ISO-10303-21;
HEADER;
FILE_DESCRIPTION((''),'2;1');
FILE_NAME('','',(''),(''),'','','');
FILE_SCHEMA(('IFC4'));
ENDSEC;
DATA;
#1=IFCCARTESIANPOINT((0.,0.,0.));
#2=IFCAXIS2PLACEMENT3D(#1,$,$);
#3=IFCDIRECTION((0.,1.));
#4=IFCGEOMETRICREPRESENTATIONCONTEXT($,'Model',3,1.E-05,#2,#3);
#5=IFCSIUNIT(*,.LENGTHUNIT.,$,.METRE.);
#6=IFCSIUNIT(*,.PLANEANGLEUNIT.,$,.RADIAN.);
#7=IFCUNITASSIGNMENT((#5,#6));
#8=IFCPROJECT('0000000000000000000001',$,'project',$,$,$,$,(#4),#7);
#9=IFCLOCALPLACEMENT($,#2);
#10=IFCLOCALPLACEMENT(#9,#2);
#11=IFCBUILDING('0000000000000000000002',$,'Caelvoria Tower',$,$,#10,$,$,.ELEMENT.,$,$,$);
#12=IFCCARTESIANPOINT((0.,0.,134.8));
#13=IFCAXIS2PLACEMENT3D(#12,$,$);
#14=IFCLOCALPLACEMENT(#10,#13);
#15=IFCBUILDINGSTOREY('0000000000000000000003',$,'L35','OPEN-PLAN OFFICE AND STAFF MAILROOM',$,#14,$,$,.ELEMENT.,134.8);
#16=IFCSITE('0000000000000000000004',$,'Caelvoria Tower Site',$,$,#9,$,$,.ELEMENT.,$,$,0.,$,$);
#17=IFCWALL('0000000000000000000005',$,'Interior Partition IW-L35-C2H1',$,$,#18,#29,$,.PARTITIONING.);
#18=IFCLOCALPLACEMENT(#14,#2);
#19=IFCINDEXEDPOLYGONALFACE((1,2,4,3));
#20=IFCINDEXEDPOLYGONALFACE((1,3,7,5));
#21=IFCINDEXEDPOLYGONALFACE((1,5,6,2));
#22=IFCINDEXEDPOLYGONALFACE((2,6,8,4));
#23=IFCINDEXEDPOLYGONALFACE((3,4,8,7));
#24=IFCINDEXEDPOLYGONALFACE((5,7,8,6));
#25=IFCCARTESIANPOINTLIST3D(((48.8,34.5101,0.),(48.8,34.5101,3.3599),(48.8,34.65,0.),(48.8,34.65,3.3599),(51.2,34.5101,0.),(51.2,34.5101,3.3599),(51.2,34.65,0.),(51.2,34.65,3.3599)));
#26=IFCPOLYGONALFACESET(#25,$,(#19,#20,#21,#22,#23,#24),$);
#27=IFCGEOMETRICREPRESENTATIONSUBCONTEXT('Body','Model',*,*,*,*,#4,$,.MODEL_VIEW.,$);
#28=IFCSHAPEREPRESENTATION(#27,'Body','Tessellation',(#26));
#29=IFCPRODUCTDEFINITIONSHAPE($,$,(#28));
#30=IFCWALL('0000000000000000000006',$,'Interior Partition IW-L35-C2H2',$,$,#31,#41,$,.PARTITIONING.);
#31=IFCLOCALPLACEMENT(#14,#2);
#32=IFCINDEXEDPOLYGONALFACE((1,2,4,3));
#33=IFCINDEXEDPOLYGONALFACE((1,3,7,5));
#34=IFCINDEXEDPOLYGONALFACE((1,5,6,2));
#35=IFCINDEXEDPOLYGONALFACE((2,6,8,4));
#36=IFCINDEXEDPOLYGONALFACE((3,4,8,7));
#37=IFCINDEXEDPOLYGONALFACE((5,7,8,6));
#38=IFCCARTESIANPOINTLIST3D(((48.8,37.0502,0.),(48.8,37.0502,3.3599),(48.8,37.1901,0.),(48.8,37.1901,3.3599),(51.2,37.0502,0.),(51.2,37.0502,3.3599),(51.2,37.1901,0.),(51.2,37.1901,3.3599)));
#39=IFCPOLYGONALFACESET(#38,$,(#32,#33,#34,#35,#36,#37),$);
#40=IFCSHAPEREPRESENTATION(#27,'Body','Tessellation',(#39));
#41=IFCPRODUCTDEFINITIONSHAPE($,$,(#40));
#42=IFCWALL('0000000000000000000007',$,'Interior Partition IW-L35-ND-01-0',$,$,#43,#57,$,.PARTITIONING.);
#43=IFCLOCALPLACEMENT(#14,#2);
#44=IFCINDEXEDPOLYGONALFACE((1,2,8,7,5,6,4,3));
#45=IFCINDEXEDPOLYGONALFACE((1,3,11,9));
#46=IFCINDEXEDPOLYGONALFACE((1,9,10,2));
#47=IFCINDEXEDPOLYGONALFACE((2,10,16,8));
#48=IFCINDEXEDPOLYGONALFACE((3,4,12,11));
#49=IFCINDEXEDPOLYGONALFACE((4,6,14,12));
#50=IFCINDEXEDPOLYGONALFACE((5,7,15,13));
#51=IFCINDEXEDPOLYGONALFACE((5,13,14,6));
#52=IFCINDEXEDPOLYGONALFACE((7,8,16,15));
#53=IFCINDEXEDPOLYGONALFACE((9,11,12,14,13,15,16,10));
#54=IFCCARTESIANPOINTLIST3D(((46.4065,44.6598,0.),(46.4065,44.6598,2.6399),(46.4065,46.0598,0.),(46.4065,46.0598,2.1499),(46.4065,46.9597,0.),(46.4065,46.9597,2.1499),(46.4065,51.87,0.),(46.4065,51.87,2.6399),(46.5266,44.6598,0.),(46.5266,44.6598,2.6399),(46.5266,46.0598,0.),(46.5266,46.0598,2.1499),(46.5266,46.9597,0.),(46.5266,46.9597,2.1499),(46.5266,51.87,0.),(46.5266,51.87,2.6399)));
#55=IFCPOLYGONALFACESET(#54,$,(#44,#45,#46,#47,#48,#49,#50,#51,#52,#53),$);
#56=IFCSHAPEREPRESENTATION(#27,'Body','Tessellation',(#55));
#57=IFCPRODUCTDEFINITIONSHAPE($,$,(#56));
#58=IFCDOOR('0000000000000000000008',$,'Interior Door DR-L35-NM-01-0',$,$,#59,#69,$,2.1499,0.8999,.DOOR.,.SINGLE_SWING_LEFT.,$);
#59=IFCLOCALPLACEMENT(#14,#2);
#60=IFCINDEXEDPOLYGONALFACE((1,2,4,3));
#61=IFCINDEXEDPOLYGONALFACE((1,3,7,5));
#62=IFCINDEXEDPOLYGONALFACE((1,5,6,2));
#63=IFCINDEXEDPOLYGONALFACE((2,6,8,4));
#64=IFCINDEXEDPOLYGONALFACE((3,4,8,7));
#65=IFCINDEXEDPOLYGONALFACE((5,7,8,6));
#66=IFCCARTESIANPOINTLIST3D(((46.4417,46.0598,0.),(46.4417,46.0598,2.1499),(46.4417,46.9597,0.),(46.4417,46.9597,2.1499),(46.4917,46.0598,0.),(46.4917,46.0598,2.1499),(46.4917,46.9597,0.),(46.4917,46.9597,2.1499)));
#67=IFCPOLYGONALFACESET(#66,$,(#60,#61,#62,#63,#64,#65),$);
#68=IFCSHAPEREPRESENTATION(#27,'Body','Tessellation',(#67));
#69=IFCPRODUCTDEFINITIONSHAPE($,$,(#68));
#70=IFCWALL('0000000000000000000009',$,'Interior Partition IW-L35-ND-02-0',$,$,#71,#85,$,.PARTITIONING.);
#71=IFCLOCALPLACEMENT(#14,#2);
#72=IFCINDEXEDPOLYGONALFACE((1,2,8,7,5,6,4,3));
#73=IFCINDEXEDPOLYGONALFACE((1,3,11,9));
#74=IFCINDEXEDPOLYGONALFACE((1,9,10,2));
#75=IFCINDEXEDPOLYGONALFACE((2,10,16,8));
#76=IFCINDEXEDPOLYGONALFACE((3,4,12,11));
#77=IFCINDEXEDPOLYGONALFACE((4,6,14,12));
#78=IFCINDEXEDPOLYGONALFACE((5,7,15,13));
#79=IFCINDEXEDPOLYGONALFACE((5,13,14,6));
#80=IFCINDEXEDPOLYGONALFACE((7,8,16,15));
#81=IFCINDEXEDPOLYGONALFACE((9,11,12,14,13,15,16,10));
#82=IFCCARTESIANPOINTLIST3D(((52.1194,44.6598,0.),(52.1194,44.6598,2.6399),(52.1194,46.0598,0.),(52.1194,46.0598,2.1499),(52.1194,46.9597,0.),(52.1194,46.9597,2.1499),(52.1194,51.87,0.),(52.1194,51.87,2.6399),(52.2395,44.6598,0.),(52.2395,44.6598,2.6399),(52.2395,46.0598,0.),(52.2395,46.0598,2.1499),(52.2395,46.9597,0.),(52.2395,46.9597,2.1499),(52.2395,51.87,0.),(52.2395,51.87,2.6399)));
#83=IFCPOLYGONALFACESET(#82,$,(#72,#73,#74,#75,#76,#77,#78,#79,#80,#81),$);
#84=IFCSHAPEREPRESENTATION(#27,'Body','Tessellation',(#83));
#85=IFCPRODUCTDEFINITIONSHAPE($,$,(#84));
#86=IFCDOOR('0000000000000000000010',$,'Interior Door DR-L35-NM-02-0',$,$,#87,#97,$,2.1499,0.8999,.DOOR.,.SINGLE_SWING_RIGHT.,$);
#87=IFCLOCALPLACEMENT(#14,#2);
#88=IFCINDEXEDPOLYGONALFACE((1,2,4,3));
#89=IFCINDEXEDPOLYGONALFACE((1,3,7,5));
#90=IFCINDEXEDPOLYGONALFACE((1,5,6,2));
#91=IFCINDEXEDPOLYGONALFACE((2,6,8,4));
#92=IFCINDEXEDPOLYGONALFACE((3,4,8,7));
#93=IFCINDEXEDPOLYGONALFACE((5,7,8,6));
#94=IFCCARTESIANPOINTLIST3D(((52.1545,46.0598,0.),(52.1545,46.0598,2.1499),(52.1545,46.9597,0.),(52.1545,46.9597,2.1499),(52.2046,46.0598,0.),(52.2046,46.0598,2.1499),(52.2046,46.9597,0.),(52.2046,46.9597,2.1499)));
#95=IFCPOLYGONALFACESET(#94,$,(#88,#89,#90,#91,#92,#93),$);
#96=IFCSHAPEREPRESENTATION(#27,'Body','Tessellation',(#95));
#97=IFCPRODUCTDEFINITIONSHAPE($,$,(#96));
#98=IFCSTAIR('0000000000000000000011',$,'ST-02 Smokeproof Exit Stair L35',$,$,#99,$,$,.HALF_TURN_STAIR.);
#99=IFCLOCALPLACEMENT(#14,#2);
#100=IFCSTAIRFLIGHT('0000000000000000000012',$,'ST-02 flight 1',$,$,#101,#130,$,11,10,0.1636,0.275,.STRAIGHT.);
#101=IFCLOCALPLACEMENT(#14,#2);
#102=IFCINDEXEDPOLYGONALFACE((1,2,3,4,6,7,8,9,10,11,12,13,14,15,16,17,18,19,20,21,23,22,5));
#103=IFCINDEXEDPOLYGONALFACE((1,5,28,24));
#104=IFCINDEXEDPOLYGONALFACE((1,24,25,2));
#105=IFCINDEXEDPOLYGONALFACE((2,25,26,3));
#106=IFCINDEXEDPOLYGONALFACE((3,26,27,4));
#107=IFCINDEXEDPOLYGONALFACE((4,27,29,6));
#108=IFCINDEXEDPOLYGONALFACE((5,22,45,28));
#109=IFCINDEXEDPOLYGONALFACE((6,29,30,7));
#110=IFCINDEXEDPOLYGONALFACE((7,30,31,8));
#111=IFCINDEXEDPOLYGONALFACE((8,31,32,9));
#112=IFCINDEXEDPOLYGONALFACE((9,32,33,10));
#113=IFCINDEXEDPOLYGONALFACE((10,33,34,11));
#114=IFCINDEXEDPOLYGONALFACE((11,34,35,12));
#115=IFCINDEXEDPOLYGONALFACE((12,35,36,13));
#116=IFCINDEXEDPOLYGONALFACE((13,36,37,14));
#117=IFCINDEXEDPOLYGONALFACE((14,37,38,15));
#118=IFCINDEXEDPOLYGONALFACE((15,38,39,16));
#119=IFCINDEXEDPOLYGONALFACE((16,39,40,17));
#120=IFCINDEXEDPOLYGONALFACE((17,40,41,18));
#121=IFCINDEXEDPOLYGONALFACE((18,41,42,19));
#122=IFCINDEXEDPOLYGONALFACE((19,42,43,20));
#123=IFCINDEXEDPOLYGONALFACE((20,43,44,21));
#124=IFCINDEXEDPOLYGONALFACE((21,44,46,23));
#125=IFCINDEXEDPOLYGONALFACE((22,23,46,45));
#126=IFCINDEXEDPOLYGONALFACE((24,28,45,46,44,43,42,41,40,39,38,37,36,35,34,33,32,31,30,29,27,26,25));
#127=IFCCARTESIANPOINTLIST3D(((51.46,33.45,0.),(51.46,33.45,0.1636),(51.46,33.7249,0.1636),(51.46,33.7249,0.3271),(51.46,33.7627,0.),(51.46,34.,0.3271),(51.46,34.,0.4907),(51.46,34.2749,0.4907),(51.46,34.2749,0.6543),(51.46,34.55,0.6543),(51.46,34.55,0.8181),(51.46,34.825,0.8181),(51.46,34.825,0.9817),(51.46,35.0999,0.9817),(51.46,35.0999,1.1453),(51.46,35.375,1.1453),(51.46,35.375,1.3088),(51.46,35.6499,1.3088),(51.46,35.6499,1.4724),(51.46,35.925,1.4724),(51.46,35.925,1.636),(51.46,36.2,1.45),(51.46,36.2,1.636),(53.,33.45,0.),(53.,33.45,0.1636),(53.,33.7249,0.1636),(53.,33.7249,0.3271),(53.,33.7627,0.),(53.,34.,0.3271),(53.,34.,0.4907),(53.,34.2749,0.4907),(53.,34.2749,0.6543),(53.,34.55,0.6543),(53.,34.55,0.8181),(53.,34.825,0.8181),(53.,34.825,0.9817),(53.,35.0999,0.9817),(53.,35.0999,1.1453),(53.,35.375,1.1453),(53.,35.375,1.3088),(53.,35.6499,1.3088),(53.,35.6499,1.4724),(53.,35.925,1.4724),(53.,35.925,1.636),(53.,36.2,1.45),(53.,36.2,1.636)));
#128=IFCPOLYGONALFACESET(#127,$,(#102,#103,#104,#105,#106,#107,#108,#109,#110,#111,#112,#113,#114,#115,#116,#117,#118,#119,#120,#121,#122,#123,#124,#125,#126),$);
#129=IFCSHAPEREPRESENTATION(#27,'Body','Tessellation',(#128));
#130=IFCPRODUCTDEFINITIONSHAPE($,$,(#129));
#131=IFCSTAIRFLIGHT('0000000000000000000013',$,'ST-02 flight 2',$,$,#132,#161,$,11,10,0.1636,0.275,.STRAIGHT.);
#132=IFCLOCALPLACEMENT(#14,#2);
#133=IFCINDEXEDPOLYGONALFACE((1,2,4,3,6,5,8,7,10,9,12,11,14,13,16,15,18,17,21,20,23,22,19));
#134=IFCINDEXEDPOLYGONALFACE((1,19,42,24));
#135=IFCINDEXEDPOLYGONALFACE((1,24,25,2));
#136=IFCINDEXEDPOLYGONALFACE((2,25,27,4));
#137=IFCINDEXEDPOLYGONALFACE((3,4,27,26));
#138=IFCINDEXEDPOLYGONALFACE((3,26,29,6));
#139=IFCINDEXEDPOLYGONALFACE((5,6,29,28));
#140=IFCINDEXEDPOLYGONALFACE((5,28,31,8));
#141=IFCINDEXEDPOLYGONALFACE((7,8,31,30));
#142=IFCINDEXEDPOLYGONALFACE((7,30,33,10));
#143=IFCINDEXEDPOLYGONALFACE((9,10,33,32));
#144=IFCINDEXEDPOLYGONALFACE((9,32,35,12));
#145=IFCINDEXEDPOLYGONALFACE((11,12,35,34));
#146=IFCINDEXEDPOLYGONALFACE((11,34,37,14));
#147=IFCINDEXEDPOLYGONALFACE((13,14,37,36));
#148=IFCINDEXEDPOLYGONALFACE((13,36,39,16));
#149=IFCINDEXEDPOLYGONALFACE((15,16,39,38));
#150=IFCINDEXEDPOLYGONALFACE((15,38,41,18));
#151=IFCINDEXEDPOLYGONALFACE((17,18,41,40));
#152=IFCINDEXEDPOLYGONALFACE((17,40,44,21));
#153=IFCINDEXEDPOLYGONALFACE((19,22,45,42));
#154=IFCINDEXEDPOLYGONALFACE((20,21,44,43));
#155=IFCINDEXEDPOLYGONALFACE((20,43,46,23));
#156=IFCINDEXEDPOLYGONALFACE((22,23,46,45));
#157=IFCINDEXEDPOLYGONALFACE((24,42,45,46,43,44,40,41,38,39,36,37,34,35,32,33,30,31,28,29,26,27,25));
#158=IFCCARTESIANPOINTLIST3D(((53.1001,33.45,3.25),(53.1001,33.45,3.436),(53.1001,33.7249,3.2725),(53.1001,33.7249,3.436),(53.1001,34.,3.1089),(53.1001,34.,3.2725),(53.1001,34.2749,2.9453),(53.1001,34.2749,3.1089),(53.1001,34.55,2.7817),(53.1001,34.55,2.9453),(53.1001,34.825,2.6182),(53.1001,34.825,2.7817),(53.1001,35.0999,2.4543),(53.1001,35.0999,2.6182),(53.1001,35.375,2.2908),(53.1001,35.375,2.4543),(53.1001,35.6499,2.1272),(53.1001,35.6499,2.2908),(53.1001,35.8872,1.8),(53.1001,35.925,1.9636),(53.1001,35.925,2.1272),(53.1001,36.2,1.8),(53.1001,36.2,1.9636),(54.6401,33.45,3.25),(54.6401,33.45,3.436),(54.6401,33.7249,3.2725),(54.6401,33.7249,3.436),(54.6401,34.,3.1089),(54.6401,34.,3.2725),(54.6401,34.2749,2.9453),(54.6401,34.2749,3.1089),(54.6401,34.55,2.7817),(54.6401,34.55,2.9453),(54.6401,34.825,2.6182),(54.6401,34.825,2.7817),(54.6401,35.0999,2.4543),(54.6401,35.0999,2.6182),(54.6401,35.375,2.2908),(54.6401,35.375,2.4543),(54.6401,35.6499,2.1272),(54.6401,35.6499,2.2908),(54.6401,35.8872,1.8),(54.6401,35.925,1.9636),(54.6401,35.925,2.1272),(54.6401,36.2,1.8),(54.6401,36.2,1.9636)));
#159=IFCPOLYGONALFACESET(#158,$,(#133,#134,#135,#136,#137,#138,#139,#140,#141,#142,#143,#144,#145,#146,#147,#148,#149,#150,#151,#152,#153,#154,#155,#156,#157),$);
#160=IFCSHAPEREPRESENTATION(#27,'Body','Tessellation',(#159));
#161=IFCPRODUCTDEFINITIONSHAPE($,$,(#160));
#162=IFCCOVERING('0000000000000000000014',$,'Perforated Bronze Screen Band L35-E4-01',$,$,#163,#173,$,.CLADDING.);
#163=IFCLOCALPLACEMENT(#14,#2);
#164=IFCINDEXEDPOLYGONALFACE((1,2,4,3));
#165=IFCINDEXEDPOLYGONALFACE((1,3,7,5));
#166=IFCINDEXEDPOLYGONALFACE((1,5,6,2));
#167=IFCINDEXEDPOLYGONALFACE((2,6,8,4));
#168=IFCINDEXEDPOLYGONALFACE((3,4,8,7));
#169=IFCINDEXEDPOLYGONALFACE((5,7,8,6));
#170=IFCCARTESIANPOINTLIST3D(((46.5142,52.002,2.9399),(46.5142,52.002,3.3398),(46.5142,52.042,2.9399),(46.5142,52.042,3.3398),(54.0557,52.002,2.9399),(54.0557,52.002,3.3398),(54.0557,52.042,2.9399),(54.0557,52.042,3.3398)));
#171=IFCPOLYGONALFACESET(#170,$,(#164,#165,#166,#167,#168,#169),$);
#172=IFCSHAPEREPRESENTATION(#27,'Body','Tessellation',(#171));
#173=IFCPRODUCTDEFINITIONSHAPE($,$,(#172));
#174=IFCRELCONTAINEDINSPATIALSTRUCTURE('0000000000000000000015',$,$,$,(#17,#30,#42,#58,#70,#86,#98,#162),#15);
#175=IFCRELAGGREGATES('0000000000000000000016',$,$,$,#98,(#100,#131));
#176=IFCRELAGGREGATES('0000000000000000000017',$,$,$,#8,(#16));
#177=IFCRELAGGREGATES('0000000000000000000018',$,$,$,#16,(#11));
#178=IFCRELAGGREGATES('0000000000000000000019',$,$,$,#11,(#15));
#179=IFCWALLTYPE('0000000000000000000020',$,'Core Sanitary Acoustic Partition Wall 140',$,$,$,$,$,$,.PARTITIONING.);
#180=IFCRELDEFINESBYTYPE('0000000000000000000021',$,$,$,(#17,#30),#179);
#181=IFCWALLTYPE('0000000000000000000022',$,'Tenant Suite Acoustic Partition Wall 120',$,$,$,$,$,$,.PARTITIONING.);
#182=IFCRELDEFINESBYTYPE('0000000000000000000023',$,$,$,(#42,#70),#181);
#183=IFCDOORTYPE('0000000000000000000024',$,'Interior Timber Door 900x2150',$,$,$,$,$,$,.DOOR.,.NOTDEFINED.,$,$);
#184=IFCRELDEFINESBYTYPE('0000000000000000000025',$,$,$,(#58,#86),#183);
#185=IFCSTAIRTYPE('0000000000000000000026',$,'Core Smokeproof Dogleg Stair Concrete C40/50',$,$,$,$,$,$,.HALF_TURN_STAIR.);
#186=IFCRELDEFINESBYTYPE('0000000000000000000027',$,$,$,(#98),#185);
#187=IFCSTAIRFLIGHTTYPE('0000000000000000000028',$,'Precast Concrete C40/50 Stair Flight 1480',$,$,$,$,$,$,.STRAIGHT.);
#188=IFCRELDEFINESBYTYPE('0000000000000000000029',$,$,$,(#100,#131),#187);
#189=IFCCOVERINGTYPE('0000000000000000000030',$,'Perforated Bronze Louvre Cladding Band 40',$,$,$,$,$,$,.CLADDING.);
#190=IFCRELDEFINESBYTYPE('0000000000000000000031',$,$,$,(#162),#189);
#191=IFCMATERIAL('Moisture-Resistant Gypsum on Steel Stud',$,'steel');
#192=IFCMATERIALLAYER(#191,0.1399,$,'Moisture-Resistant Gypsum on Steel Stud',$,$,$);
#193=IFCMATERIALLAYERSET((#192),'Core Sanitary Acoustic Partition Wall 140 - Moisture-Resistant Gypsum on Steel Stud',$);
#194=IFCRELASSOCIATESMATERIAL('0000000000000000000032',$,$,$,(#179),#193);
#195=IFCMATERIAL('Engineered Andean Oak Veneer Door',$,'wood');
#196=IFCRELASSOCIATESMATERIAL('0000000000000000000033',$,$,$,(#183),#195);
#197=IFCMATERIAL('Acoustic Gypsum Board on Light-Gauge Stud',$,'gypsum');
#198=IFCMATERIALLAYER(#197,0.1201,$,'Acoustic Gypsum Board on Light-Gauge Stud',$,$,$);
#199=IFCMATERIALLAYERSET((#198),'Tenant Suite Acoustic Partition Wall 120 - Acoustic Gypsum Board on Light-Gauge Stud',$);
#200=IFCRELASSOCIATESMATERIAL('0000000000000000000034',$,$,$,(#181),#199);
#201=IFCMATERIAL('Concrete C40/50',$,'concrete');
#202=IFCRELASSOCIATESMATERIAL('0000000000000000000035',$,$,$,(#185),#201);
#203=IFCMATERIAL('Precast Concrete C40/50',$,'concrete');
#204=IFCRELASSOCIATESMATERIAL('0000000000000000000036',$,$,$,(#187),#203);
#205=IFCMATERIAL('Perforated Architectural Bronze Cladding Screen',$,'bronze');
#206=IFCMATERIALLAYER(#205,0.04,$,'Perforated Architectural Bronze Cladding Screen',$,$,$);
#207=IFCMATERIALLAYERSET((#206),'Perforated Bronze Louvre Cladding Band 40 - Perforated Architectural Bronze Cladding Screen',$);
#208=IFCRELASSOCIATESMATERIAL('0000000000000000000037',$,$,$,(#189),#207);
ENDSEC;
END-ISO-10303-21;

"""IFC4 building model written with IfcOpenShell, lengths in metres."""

from ifc_helpers import new_model, si_unit, direction, frame, frame_2d, origin, origin_2d, place, context, subcontext, project, spatial, polyline, rectangle, outline, extrude, material, layer, layer_set, type_object, element, fill, aggregate, save


model = new_model("IFC4")

# Units and contexts
model_context = context("Model", 3, precision=1e-05, world=origin(), true_north=direction((0.0, 1.0)))
body_context = subcontext(model_context, "Body", "Model", "MODEL_VIEW")
ifc_project = project(units=[si_unit("LENGTHUNIT", "METRE"), si_unit("PLANEANGLEUNIT", "RADIAN")], contexts=[model_context])

# Site, building, storey
site_placement = place(None, origin())
site = spatial("IfcSite", under=ifc_project, at=site_placement, Name="Caelvoria Tower Site", CompositionType="ELEMENT", RefElevation=0.0)
building_placement = place(site_placement, origin())
building = spatial("IfcBuilding", under=site, at=building_placement, Name="Caelvoria Tower", CompositionType="ELEMENT")
storey_placement = place(building_placement, frame((0.0, 0.0, 134.8)))
storey = spatial("IfcBuildingStorey", under=building, at=storey_placement, Name="L35", Description="OPEN-PLAN OFFICE AND STAFF MAILROOM", CompositionType="ELEMENT", Elevation=134.8)

# Shared definitions
ifc_material_1 = material(Name="Moisture-Resistant Gypsum on Steel Stud", Category="steel")
ifc_layer_1 = layer(ifc_material_1, 0.1399, Name="Moisture-Resistant Gypsum on Steel Stud")
ifc_layer_set_1 = layer_set([ifc_layer_1], Name="Core Sanitary Acoustic Partition Wall 140 - Moisture-Resistant Gypsum on Steel Stud")
wall_type_1 = type_object("IfcWallType", Name="Core Sanitary Acoustic Partition Wall 140", PredefinedType="PARTITIONING", material=ifc_layer_set_1)
ifc_material_2 = material(Name="Engineered Andean Oak Veneer Door", Category="wood")
door_type_1 = type_object("IfcDoorType", Name="Interior Timber Door 900x2150", OperationType="NOTDEFINED", PredefinedType="DOOR", material=ifc_material_2)

# Walls
for number, where, z_axis, x_axis, name in (
    (1, (48.8, 34.5801, 0.0), (0.0, 0.0, 1.0), (1.0, 0.0, 0.0), "Interior Partition IW-L35-C2H1"),
    (2, (48.8, 37.1201, 0.0), (0.0, 0.0, 1.0), (1.0, 0.0, 0.0), "Interior Partition IW-L35-C2H2"),
):
    element("IfcWall", number, at=place(storey_placement, frame(where, z_axis=z_axis, x_axis=x_axis)), inside=storey, type_object=wall_type_1, Name=name, PredefinedType="PARTITIONING", context=body_context, shape_type="SweptSolid", body=[
        extrude(rectangle(XDim=2.3999, YDim=0.1399, at=frame_2d((1.2, 0.0))), origin(), (0.0, 0.0, 1.0), 3.3599),
    ])

# Walls, openings, doors
ifc_material_3 = material(Name="Acoustic Gypsum Board on Light-Gauge Stud", Category="gypsum")
ifc_layer_2 = layer(ifc_material_3, 0.1201, Name="Acoustic Gypsum Board on Light-Gauge Stud")
ifc_layer_set_2 = layer_set([ifc_layer_2], Name="Tenant Suite Acoustic Partition Wall 120 - Acoustic Gypsum Board on Light-Gauge Stud")
wall_type_2 = type_object("IfcWallType", Name="Tenant Suite Acoustic Partition Wall 120", PredefinedType="PARTITIONING", material=ifc_layer_set_2)
wall_1_placement = place(storey_placement, frame((46.4666, 44.6599, 0.0), z_axis=(0.0, 0.0, 1.0), x_axis=(0.0, 1.0, 0.0)))
wall_1 = element("IfcWall", 3, at=wall_1_placement, inside=storey, type_object=wall_type_2, Name="Interior Partition IW-L35-ND-01-0", PredefinedType="PARTITIONING", context=body_context, shape_type="SweptSolid", body=[
    extrude(rectangle(XDim=7.2102, YDim=0.1201, at=frame_2d((3.605, 0.0))), origin(), (0.0, 0.0, 1.0), 2.6399),
])
opening_1_placement = place(wall_1_placement, frame((1.3999, 0.0, 0.0)))
opening_1 = element("IfcOpeningElement", 4, at=opening_1_placement, cuts=wall_1, PredefinedType="OPENING", context=body_context, shape_type="SweptSolid", body=[
    extrude(rectangle(XDim=0.8999, YDim=2.1499, at=frame_2d((0.45, 1.075))), frame((0.0, 0.0701, 0.0), z_axis=(0.0, -1.0, 0.0), x_axis=(1.0, 0.0, 0.0)), (0.0, 0.0, 1.0), 0.1401),
])
door_1_placement = place(opening_1_placement, origin())
door_1 = element("IfcDoor", 5, at=door_1_placement, inside=storey, type_object=door_type_1, Name="Interior Door DR-L35-NM-01-0", OperationType="SINGLE_SWING_LEFT", OverallHeight=2.1499, OverallWidth=0.8999, PredefinedType="DOOR", context=body_context, shape_type="SweptSolid", body=[
    extrude(rectangle(XDim=0.8999, YDim=2.1499, at=frame_2d((0.45, 1.075))), frame((0.0, 0.0249, 0.0), z_axis=(0.0, -1.0, 0.0), x_axis=(1.0, 0.0, 0.0)), (0.0, 0.0, 1.0), 0.05),
])
fill(opening_1, door_1)
wall_2_placement = place(storey_placement, frame((52.1794, 44.6599, 0.0), z_axis=(0.0, 0.0, 1.0), x_axis=(0.0, 1.0, 0.0)))
wall_2 = element("IfcWall", 6, at=wall_2_placement, inside=storey, type_object=wall_type_2, Name="Interior Partition IW-L35-ND-02-0", PredefinedType="PARTITIONING", context=body_context, shape_type="SweptSolid", body=[
    extrude(rectangle(XDim=7.2102, YDim=0.1201, at=frame_2d((3.605, 0.0))), origin(), (0.0, 0.0, 1.0), 2.6399),
])
opening_2_placement = place(wall_2_placement, frame((1.3999, 0.0, 0.0)))
opening_2 = element("IfcOpeningElement", 7, at=opening_2_placement, cuts=wall_2, PredefinedType="OPENING", context=body_context, shape_type="SweptSolid", body=[
    extrude(rectangle(XDim=0.8999, YDim=2.1499, at=frame_2d((0.45, 1.075))), frame((0.0, 0.0701, 0.0), z_axis=(0.0, -1.0, 0.0), x_axis=(1.0, 0.0, 0.0)), (0.0, 0.0, 1.0), 0.1401),
])
door_2_placement = place(opening_2_placement, origin())
door_2 = element("IfcDoor", 8, at=door_2_placement, inside=storey, type_object=door_type_1, Name="Interior Door DR-L35-NM-02-0", OperationType="SINGLE_SWING_RIGHT", OverallHeight=2.1499, OverallWidth=0.8999, PredefinedType="DOOR", context=body_context, shape_type="SweptSolid", body=[
    extrude(rectangle(XDim=0.8999, YDim=2.1499, at=frame_2d((0.45, 1.075))), frame((0.0, 0.0249, 0.0), z_axis=(0.0, -1.0, 0.0), x_axis=(1.0, 0.0, 0.0)), (0.0, 0.0, 1.0), 0.05),
])
fill(opening_2, door_2)

# Stair, stair flights
ifc_material_4 = material(Name="Concrete C40/50", Category="concrete")
stair_type = type_object("IfcStairType", Name="Core Smokeproof Dogleg Stair Concrete C40/50", PredefinedType="HALF_TURN_STAIR", material=ifc_material_4)
stair_placement = place(storey_placement, origin())
stair = element("IfcStair", 9, at=stair_placement, inside=storey, type_object=stair_type, Name="ST-02 Smokeproof Exit Stair L35", PredefinedType="HALF_TURN_STAIR")
ifc_material_5 = material(Name="Precast Concrete C40/50", Category="concrete")
stair_flight_type = type_object("IfcStairFlightType", Name="Precast Concrete C40/50 Stair Flight 1480", PredefinedType="STRAIGHT", material=ifc_material_5)
stair_flight_1_placement = place(storey_placement, frame((52.23, 33.45, 0.0), z_axis=(0.0, 0.0, 1.0), x_axis=(0.0, 1.0, 0.0)))
stair_flight_1 = element("IfcStairFlight", 10, at=stair_flight_1_placement, type_object=stair_flight_type, Name="ST-02 flight 1", NumberOfRisers=11, NumberOfTreads=10, PredefinedType="STRAIGHT", RiserHeight=0.1636, TreadLength=0.275, context=body_context, shape_type="SweptSolid", body=[
    extrude(outline(polyline([(0.0, 0.0), (0.0, 0.1636), (0.2749, 0.1636), (0.2749, 0.3271), (0.55, 0.3271), (0.55, 0.4907), (0.825, 0.4907), (0.825, 0.6543), (1.1001, 0.6543), (1.1001, 0.8181), (1.375, 0.8181), (1.375, 0.9817), (1.6499, 0.9817), (1.6499, 1.1453), (1.925, 1.1453), (1.925, 1.3088), (2.2, 1.3088), (2.2, 1.4724), (2.4751, 1.4724), (2.4751, 1.636), (2.75, 1.636), (2.75, 1.7996), (2.75, 1.45), (0.3127, 0.0), (0.0, 0.0)])), frame((0.0, 0.77, 0.0), z_axis=(0.0, -1.0, 0.0), x_axis=(1.0, 0.0, 0.0)), (0.0, 0.0, 1.0), 1.54),
])
stair_flight_2_placement = place(storey_placement, frame((53.8701, 36.2, 1.8), z_axis=(0.0, 0.0, 1.0), x_axis=(0.0, -1.0, 0.0)))
stair_flight_2 = element("IfcStairFlight", 11, at=stair_flight_2_placement, type_object=stair_flight_type, Name="ST-02 flight 2", NumberOfRisers=11, NumberOfTreads=10, PredefinedType="STRAIGHT", RiserHeight=0.1636, TreadLength=0.275, context=body_context, shape_type="SweptSolid", body=[
    extrude(outline(polyline([(0.0, 0.0), (0.0, 0.1636), (0.2749, 0.1636), (0.2749, 0.3271), (0.55, 0.3271), (0.55, 0.4907), (0.825, 0.4907), (0.825, 0.6543), (1.1001, 0.6543), (1.1001, 0.8181), (1.375, 0.8181), (1.375, 0.9817), (1.6499, 0.9817), (1.6499, 1.1453), (1.925, 1.1453), (1.925, 1.3088), (2.2, 1.3088), (2.2, 1.4724), (2.4751, 1.4724), (2.4751, 1.636), (2.75, 1.636), (2.75, 1.7996), (2.75, 1.45), (0.3127, 0.0), (0.0, 0.0)])), frame((0.0, 0.77, 0.0), z_axis=(0.0, -1.0, 0.0), x_axis=(1.0, 0.0, 0.0)), (0.0, 0.0, 1.0), 1.54),
])
aggregate(stair, [stair_flight_1, stair_flight_2])

# Covering
ifc_material_6 = material(Name="Perforated Architectural Bronze Cladding Screen", Category="bronze")
ifc_layer_3 = layer(ifc_material_6, 0.04, Name="Perforated Architectural Bronze Cladding Screen")
ifc_layer_set_3 = layer_set([ifc_layer_3], Name="Perforated Bronze Louvre Cladding Band 40 - Perforated Architectural Bronze Cladding Screen")
covering_type = type_object("IfcCoveringType", Name="Perforated Bronze Louvre Cladding Band 40", PredefinedType="CLADDING", material=ifc_layer_set_3)
covering_placement = place(storey_placement, frame((50.2849, 52.022, 2.9399), z_axis=(0.0, 0.0, 1.0), x_axis=(-1.0, 0.0, 0.0)))
element("IfcCovering", 12, at=covering_placement, inside=storey, type_object=covering_type, Name="Perforated Bronze Screen Band L35-E4-01", PredefinedType="CLADDING", context=body_context, shape_type="SweptSolid", body=[
    extrude(rectangle(XDim=7.5415, YDim=0.04, at=origin_2d()), origin(), (0.0, 0.0, 1.0), 0.3999),
])

save(model, "model.ifc")
